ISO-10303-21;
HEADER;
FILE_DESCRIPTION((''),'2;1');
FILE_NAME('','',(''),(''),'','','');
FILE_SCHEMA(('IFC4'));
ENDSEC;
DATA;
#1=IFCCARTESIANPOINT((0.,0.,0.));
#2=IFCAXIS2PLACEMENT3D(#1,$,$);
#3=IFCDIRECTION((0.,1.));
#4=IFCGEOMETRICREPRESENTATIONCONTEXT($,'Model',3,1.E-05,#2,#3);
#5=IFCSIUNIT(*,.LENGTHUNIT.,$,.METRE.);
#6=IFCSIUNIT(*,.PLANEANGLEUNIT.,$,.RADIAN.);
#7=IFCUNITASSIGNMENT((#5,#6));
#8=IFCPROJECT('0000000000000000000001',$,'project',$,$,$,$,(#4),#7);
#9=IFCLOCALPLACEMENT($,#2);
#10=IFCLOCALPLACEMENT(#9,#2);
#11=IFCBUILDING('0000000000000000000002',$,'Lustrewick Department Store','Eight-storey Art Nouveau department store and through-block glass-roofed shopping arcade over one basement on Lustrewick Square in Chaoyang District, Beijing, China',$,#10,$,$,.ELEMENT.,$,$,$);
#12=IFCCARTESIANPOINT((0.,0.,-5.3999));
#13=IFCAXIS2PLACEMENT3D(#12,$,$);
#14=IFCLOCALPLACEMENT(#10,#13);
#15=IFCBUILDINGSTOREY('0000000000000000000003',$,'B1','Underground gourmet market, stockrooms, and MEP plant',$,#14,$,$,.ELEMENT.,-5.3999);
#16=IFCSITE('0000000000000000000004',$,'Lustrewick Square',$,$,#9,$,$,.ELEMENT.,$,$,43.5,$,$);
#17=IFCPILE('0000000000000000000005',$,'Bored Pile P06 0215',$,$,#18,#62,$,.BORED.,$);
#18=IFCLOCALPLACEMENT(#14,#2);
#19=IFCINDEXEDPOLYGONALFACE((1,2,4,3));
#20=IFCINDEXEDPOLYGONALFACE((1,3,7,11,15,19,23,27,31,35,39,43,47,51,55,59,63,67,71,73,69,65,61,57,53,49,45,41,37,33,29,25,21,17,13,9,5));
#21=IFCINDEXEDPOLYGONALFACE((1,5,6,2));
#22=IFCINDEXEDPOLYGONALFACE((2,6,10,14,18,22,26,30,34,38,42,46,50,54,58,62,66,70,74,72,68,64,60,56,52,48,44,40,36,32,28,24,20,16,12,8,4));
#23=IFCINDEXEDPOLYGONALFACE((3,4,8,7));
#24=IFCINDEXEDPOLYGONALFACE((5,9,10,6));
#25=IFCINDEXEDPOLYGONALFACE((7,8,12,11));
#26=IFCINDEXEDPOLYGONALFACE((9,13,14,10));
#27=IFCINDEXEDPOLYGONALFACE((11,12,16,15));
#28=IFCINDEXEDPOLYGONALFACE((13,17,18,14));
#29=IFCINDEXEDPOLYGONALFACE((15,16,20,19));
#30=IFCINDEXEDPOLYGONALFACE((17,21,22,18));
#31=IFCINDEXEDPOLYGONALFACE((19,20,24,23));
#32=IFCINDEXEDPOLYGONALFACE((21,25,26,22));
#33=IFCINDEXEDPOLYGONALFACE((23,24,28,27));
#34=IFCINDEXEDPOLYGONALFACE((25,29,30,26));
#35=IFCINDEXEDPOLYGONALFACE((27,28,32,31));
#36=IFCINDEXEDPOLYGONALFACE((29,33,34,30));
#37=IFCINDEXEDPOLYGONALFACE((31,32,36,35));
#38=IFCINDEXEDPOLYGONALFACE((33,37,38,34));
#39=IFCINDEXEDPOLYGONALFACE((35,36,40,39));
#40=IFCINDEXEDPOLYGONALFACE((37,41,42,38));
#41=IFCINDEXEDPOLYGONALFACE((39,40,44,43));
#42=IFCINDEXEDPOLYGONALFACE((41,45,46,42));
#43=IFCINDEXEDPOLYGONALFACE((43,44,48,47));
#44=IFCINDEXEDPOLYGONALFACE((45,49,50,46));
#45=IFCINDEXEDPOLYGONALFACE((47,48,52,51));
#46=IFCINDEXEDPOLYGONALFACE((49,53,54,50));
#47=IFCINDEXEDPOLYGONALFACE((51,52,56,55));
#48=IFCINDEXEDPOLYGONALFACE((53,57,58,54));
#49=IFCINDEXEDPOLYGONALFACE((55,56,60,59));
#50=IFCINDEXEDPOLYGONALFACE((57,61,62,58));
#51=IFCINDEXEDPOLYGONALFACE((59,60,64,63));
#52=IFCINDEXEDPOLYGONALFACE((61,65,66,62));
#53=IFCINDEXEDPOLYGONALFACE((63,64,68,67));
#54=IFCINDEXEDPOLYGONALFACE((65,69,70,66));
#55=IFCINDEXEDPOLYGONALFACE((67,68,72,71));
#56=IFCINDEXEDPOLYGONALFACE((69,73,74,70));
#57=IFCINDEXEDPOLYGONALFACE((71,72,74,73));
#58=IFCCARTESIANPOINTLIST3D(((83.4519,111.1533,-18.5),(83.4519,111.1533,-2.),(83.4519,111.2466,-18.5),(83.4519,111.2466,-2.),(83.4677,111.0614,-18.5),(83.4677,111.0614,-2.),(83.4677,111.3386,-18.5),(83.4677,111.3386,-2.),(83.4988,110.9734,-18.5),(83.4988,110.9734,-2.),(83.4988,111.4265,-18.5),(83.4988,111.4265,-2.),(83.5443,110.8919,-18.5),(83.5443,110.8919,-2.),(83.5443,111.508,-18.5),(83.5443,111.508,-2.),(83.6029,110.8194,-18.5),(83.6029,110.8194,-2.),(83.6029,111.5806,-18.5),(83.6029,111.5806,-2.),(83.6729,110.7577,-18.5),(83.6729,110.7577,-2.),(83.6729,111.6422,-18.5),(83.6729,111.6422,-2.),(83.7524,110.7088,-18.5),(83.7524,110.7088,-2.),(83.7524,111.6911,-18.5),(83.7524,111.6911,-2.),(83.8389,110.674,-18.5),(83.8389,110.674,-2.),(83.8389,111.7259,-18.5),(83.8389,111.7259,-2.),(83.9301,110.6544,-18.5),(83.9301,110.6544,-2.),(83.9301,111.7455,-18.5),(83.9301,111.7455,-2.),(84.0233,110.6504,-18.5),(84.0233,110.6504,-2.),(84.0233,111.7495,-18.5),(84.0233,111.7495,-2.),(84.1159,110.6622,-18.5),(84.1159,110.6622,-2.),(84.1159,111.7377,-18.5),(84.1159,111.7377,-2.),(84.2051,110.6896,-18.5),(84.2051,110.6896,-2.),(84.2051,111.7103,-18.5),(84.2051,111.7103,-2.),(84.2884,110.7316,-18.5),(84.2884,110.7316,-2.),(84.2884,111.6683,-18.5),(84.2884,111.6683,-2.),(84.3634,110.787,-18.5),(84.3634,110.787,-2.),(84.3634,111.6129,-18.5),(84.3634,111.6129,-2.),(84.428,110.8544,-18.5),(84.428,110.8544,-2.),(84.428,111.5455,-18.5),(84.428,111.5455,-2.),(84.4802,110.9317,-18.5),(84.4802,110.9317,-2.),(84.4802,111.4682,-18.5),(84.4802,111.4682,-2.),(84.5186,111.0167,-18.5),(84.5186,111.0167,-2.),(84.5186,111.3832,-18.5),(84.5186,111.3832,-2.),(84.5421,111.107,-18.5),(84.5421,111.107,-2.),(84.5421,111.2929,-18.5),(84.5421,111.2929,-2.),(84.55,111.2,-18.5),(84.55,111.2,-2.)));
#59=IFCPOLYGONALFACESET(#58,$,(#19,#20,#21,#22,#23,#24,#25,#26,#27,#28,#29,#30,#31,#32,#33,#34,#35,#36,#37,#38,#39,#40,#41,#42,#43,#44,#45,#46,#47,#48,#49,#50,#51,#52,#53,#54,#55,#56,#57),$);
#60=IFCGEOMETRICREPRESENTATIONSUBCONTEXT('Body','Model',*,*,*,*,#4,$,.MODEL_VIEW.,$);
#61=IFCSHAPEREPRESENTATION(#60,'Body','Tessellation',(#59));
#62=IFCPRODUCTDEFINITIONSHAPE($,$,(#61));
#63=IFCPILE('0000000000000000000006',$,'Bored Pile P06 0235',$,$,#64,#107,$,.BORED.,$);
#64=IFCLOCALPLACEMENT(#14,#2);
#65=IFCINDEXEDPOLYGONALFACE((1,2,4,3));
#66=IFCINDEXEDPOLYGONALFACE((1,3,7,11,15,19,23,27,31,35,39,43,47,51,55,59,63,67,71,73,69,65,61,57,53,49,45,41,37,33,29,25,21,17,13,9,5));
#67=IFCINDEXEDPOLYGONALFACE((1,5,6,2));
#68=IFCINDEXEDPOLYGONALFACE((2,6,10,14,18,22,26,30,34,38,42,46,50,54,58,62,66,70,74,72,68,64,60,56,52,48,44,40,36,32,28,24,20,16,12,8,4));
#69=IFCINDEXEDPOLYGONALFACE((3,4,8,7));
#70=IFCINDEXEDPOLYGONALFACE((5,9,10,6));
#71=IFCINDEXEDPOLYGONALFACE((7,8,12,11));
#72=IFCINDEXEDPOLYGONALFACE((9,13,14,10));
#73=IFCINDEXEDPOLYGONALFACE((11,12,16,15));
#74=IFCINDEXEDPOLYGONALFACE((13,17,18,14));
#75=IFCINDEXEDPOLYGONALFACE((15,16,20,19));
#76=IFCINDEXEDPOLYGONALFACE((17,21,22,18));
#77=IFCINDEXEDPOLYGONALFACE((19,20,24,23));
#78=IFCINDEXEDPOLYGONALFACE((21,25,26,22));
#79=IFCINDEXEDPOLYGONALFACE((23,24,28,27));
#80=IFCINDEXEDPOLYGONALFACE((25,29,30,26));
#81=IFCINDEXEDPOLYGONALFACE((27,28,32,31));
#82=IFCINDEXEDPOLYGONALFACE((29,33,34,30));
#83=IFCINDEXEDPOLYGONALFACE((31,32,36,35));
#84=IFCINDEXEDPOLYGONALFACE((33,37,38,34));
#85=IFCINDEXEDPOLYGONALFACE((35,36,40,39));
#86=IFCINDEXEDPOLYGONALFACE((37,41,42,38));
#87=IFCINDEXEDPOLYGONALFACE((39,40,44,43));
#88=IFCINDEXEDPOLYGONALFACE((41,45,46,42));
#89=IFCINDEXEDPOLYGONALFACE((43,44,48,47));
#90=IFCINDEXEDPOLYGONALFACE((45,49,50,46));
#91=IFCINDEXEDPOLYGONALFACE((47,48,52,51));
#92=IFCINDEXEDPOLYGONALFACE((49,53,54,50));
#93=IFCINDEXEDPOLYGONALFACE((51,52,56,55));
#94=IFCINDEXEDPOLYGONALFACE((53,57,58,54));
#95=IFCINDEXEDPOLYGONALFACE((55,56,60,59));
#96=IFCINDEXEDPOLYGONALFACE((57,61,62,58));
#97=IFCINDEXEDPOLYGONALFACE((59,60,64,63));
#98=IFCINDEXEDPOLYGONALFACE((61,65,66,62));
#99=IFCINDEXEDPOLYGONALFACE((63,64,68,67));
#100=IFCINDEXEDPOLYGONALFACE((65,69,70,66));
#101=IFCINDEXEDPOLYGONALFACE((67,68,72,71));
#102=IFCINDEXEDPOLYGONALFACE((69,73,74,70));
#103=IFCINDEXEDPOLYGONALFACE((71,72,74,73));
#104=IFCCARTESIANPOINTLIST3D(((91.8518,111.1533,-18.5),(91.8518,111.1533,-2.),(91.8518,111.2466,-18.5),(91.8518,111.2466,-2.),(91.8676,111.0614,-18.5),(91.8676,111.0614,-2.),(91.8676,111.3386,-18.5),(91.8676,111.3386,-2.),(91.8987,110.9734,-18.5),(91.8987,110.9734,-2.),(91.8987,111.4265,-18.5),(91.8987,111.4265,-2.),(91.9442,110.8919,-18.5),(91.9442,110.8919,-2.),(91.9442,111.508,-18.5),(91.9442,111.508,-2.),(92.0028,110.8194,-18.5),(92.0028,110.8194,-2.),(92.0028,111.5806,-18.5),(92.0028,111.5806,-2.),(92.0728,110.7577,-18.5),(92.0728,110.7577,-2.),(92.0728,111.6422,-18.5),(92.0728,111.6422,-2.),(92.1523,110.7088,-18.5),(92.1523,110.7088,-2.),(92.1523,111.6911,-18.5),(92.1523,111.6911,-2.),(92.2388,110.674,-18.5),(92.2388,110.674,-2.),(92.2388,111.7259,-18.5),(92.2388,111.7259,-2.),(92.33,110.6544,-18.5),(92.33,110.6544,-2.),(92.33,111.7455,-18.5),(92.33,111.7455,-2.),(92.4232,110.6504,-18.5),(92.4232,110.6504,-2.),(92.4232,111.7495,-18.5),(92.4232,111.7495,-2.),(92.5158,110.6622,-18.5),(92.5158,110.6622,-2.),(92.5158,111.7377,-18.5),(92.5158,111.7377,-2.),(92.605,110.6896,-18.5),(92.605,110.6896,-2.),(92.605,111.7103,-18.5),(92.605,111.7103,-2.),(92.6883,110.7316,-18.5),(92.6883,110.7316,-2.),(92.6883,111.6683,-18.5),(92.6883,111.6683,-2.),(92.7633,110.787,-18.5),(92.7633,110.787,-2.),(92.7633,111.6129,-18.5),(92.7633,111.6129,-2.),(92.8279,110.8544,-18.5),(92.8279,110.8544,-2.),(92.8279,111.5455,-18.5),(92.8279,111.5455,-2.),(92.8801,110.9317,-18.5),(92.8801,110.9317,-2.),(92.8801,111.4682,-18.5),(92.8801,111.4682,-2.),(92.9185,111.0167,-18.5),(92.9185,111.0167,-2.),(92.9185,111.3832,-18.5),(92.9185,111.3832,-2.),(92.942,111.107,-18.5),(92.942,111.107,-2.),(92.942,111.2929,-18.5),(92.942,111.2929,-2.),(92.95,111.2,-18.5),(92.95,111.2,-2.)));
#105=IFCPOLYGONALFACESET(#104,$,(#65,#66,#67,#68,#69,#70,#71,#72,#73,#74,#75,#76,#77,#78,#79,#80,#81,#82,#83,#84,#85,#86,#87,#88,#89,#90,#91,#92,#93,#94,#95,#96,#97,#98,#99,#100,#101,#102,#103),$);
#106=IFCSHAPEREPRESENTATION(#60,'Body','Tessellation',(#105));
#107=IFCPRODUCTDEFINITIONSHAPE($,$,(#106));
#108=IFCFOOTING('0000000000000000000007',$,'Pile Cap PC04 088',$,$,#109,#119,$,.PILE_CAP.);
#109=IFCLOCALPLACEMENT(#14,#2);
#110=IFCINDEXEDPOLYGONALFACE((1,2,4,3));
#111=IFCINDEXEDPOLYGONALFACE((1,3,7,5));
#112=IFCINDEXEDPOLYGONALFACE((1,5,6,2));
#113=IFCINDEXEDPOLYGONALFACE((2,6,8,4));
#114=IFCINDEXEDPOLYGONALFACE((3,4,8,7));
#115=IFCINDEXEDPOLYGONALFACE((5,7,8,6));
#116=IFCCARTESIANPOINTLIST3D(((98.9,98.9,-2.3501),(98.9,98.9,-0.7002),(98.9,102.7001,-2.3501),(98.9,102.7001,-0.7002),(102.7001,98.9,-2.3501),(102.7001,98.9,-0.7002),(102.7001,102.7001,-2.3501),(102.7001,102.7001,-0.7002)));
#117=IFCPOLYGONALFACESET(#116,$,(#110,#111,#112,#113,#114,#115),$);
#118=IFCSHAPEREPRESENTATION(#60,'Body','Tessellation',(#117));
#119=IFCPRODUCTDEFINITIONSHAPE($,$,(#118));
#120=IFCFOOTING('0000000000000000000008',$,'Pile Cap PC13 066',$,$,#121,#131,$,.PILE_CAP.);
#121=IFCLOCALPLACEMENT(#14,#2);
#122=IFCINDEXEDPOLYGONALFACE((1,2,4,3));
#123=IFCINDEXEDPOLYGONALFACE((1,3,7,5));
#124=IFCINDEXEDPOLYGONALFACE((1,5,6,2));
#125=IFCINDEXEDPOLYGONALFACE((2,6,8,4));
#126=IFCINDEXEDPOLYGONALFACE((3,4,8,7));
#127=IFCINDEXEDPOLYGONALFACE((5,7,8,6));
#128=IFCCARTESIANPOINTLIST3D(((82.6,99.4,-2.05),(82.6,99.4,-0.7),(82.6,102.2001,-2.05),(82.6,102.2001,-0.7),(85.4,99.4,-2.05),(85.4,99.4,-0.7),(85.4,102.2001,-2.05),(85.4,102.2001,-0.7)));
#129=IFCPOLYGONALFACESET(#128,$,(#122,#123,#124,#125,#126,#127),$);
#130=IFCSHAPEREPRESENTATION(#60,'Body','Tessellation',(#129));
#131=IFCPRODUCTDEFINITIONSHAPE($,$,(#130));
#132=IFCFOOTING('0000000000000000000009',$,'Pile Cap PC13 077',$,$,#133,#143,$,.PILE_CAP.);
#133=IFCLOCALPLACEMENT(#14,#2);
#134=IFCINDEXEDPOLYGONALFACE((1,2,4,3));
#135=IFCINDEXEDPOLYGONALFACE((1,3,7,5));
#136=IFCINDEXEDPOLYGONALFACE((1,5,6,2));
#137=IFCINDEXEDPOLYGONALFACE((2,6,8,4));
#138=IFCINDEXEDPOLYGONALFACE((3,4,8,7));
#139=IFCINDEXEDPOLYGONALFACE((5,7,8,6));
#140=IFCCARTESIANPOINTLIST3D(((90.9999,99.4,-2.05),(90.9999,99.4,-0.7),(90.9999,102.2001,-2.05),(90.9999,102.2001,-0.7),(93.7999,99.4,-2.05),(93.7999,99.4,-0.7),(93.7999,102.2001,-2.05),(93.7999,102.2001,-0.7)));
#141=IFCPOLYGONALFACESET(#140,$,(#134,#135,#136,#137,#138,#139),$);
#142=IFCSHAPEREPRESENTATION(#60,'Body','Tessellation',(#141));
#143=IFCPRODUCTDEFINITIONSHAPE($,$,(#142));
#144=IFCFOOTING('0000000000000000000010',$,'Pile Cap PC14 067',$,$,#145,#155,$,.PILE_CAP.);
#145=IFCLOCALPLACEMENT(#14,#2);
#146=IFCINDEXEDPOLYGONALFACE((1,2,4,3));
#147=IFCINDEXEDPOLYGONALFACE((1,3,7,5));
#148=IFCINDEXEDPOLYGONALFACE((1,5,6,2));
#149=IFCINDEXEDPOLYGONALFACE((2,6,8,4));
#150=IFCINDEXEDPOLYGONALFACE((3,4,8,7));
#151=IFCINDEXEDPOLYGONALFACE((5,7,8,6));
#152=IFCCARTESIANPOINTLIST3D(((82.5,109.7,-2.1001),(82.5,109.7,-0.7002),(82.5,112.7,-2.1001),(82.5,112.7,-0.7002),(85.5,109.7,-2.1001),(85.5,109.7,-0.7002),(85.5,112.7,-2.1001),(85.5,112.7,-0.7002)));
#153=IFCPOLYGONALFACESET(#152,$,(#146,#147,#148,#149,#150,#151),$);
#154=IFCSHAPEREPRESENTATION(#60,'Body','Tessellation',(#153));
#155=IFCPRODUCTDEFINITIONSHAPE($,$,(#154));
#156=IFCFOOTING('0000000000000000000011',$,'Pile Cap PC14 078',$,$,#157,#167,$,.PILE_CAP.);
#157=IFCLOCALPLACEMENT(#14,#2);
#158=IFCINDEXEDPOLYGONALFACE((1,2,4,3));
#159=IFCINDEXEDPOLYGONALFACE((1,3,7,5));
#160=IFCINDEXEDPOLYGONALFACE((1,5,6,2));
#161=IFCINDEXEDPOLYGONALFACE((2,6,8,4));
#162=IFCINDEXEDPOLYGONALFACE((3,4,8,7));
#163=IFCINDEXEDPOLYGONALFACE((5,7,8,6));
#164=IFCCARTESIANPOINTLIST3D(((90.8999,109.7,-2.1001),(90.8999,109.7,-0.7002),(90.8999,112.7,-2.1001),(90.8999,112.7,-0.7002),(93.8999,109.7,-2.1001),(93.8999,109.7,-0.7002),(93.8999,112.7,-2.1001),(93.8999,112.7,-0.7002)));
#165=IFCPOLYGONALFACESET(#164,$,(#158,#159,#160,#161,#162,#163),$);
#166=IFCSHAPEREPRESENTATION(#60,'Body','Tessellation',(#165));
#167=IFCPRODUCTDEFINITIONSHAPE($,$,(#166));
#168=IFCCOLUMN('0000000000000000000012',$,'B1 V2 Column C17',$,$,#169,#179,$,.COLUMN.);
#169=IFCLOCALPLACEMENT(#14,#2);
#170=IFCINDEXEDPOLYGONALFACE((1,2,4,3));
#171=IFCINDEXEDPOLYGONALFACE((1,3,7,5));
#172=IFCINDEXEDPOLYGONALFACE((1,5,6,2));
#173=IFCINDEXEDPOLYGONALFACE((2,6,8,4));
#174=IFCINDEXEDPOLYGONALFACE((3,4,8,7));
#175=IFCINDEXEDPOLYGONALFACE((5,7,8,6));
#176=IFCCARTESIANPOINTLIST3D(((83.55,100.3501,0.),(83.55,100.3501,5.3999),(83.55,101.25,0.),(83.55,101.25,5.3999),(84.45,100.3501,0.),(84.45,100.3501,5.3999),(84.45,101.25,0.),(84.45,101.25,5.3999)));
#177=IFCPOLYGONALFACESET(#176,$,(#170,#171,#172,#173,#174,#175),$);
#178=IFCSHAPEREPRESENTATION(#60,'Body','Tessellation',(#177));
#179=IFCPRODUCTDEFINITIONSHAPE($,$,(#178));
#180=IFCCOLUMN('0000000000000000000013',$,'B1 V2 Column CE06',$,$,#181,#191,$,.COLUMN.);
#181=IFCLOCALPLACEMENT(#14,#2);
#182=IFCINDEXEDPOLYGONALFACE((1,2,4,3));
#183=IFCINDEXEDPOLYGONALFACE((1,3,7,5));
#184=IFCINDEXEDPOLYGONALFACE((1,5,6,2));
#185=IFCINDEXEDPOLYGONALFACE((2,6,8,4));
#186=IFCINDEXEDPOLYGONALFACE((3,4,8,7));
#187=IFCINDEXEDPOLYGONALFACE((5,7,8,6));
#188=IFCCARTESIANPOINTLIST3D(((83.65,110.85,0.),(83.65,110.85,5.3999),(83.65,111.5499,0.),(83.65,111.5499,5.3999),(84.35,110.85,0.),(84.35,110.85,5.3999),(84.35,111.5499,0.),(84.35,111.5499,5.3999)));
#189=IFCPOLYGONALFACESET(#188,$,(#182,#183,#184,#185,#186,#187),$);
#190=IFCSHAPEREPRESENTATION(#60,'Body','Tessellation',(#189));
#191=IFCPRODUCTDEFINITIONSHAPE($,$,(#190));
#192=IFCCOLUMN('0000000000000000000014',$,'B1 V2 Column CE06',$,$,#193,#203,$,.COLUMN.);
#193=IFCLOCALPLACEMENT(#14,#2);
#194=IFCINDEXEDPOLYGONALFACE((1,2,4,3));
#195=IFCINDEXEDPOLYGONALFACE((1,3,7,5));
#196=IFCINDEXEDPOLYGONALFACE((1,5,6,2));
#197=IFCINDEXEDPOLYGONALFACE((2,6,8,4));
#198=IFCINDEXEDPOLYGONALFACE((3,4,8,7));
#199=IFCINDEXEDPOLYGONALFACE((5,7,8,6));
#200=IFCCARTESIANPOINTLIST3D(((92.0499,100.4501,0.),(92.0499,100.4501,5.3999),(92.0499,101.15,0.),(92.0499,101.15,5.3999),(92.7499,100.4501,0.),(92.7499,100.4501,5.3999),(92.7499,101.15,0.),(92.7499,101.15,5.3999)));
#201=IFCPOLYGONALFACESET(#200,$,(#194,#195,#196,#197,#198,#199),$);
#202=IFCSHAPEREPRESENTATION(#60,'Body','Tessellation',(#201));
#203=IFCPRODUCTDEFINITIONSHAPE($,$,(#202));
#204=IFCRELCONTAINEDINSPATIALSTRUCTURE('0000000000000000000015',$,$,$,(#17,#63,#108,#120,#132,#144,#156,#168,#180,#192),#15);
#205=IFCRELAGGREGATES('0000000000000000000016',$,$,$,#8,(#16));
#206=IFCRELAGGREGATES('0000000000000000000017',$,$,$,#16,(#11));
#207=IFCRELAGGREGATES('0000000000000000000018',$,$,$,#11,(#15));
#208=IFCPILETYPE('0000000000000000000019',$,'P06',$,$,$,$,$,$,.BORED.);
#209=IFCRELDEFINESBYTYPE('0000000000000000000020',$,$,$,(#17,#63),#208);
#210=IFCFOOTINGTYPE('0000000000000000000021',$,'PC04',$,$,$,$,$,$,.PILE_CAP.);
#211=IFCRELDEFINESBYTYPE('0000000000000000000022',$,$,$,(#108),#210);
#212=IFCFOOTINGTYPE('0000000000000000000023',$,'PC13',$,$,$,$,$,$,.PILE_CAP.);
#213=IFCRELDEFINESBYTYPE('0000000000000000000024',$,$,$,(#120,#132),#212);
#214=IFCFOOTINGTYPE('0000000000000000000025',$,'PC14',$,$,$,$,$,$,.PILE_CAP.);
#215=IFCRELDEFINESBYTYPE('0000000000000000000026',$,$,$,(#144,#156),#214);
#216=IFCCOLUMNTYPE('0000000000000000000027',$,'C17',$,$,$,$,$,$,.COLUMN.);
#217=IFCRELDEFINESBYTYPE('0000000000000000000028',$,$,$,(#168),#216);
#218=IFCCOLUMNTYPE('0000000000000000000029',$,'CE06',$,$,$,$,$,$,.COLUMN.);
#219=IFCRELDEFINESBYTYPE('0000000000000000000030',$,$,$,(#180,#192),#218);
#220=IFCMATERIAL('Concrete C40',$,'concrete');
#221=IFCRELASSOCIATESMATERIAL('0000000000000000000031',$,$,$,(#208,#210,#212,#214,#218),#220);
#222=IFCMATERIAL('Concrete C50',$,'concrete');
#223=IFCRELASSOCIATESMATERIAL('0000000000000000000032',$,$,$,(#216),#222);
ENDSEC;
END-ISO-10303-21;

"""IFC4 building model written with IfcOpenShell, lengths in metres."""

from ifc_helpers import new_model, si_unit, direction, frame, origin, origin_2d, place, context, subcontext, project, spatial, rectangle, circle, extrude, material, material_profile, profile_set, type_object, element, save


model = new_model("IFC4")

# Units and contexts
model_context = context("Model", 3, precision=1e-05, world=origin(), true_north=direction((0.0, 1.0)))
body_context = subcontext(model_context, "Body", "Model", "MODEL_VIEW")
ifc_project = project(units=[si_unit("LENGTHUNIT", "METRE"), si_unit("PLANEANGLEUNIT", "RADIAN")], contexts=[model_context])

# Site, building, storey
site_placement = place(None, origin())
site = spatial("IfcSite", under=ifc_project, at=site_placement, Name="Lustrewick Square", CompositionType="ELEMENT", RefElevation=43.5)
building_placement = place(site_placement, origin())
building = spatial("IfcBuilding", under=site, at=building_placement, Name="Lustrewick Department Store", Description="Eight-storey Art Nouveau department store and through-block glass-roofed shopping arcade over one basement on Lustrewick Square in Chaoyang District, Beijing, China", CompositionType="ELEMENT")
storey_placement = place(building_placement, frame((0.0, 0.0, -5.3999)))
storey = spatial("IfcBuildingStorey", under=building, at=storey_placement, Name="B1", Description="Underground gourmet market, stockrooms, and MEP plant", CompositionType="ELEMENT", Elevation=-5.3999)

# Piles
ifc_material_1 = material(Name="Concrete C40", Category="concrete")
ifc_material_profile_1 = material_profile(ifc_material_1, circle(Radius=0.55, at=origin_2d()), Name="PILE D1100")
ifc_profile_set_1 = profile_set([ifc_material_profile_1], Name="Concrete C40")
pile_type_1 = type_object("IfcPileType", Name="P06", PredefinedType="BORED", material=ifc_profile_set_1)
for number, where, z_axis, x_axis, name in (
    (1, (84.0, 111.2, -2.0), (0.0, 0.0, -1.0), (1.0, 0.0, 0.0), "Bored Pile P06 0215"),
    (2, (92.3999, 111.2, -2.0), (0.0, 0.0, -1.0), (1.0, 0.0, 0.0), "Bored Pile P06 0235"),
):
    element("IfcPile", number, at=place(storey_placement, frame(where, z_axis=z_axis, x_axis=x_axis)), inside=storey, type_object=pile_type_1, Name=name, PredefinedType="BORED", context=body_context, shape_type="SweptSolid", body=[
        extrude(circle(Radius=0.55, at=origin_2d()), origin(), (0.0, 0.0, 1.0), 16.5),
    ])

# Footings
footing_type_1 = type_object("IfcFootingType", Name="PC04", PredefinedType="PILE_CAP", material=ifc_material_1)
footing_placement = place(storey_placement, frame((100.8, 100.8, -2.3501), z_axis=(0.0, 0.0, 1.0), x_axis=(1.0, 0.0, 0.0)))
element("IfcFooting", 3, at=footing_placement, inside=storey, type_object=footing_type_1, Name="Pile Cap PC04 088", PredefinedType="PILE_CAP", context=body_context, shape_type="SweptSolid", body=[
    extrude(rectangle(XDim=3.8, YDim=3.8, at=origin_2d()), origin(), (0.0, 0.0, 1.0), 1.6499),
])
footing_type_2 = type_object("IfcFootingType", Name="PC13", PredefinedType="PILE_CAP", material=ifc_material_1)
for number, where, z_axis, x_axis, name in (
    (4, (84.0, 100.8, -2.05), (0.0, 0.0, 1.0), (1.0, 0.0, 0.0), "Pile Cap PC13 066"),
    (5, (92.3999, 100.8, -2.05), (0.0, 0.0, 1.0), (1.0, 0.0, 0.0), "Pile Cap PC13 077"),
):
    element("IfcFooting", number, at=place(storey_placement, frame(where, z_axis=z_axis, x_axis=x_axis)), inside=storey, type_object=footing_type_2, Name=name, PredefinedType="PILE_CAP", context=body_context, shape_type="SweptSolid", body=[
        extrude(rectangle(XDim=2.8, YDim=2.8, at=origin_2d()), origin(), (0.0, 0.0, 1.0), 1.3501),
    ])
footing_type_3 = type_object("IfcFootingType", Name="PC14", PredefinedType="PILE_CAP", material=ifc_material_1)
for number, where, z_axis, x_axis, name in (
    (6, (84.0, 111.2, -2.1001), (0.0, 0.0, 1.0), (1.0, 0.0, 0.0), "Pile Cap PC14 067"),
    (7, (92.3999, 111.2, -2.1001), (0.0, 0.0, 1.0), (1.0, 0.0, 0.0), "Pile Cap PC14 078"),
):
    element("IfcFooting", number, at=place(storey_placement, frame(where, z_axis=z_axis, x_axis=x_axis)), inside=storey, type_object=footing_type_3, Name=name, PredefinedType="PILE_CAP", context=body_context, shape_type="SweptSolid", body=[
        extrude(rectangle(XDim=3.0, YDim=3.0, at=origin_2d()), origin(), (0.0, 0.0, 1.0), 1.3999),
    ])

# Columns
ifc_material_2 = material(Name="Concrete C50", Category="concrete")
ifc_material_profile_2 = material_profile(ifc_material_2, rectangle(XDim=0.8999, YDim=0.8999, at=origin_2d()), Name="RC 900x900")
ifc_profile_set_2 = profile_set([ifc_material_profile_2], Name="Concrete C50")
column_type_1 = type_object("IfcColumnType", Name="C17", PredefinedType="COLUMN", material=ifc_profile_set_2)
column_placement = place(storey_placement, frame((84.0, 100.8, 0.0), z_axis=(0.0, 0.0, 1.0), x_axis=(1.0, 0.0, 0.0)))
element("IfcColumn", 8, at=column_placement, inside=storey, type_object=column_type_1, Name="B1 V2 Column C17", PredefinedType="COLUMN", context=body_context, shape_type="SweptSolid", body=[
    extrude(rectangle(XDim=0.8999, YDim=0.8999, at=origin_2d()), origin(), (0.0, 0.0, 1.0), 5.3999),
])
ifc_material_profile_3 = material_profile(ifc_material_1, rectangle(XDim=0.7, YDim=0.7, at=origin_2d()), Name="RC 700x700")
ifc_profile_set_3 = profile_set([ifc_material_profile_3], Name="Concrete C40")
column_type_2 = type_object("IfcColumnType", Name="CE06", PredefinedType="COLUMN", material=ifc_profile_set_3)
for number, where, z_axis, x_axis, name in (
    (9, (84.0, 111.2, 0.0), (0.0, 0.0, 1.0), (1.0, 0.0, 0.0), "B1 V2 Column CE06"),
    (10, (92.3999, 100.8, 0.0), (0.0, 0.0, 1.0), (1.0, 0.0, 0.0), "B1 V2 Column CE06"),
):
    element("IfcColumn", number, at=place(storey_placement, frame(where, z_axis=z_axis, x_axis=x_axis)), inside=storey, type_object=column_type_2, Name=name, PredefinedType="COLUMN", context=body_context, shape_type="SweptSolid", body=[
        extrude(rectangle(XDim=0.7, YDim=0.7, at=origin_2d()), origin(), (0.0, 0.0, 1.0), 5.3999),
    ])

save(model, "model.ifc")
